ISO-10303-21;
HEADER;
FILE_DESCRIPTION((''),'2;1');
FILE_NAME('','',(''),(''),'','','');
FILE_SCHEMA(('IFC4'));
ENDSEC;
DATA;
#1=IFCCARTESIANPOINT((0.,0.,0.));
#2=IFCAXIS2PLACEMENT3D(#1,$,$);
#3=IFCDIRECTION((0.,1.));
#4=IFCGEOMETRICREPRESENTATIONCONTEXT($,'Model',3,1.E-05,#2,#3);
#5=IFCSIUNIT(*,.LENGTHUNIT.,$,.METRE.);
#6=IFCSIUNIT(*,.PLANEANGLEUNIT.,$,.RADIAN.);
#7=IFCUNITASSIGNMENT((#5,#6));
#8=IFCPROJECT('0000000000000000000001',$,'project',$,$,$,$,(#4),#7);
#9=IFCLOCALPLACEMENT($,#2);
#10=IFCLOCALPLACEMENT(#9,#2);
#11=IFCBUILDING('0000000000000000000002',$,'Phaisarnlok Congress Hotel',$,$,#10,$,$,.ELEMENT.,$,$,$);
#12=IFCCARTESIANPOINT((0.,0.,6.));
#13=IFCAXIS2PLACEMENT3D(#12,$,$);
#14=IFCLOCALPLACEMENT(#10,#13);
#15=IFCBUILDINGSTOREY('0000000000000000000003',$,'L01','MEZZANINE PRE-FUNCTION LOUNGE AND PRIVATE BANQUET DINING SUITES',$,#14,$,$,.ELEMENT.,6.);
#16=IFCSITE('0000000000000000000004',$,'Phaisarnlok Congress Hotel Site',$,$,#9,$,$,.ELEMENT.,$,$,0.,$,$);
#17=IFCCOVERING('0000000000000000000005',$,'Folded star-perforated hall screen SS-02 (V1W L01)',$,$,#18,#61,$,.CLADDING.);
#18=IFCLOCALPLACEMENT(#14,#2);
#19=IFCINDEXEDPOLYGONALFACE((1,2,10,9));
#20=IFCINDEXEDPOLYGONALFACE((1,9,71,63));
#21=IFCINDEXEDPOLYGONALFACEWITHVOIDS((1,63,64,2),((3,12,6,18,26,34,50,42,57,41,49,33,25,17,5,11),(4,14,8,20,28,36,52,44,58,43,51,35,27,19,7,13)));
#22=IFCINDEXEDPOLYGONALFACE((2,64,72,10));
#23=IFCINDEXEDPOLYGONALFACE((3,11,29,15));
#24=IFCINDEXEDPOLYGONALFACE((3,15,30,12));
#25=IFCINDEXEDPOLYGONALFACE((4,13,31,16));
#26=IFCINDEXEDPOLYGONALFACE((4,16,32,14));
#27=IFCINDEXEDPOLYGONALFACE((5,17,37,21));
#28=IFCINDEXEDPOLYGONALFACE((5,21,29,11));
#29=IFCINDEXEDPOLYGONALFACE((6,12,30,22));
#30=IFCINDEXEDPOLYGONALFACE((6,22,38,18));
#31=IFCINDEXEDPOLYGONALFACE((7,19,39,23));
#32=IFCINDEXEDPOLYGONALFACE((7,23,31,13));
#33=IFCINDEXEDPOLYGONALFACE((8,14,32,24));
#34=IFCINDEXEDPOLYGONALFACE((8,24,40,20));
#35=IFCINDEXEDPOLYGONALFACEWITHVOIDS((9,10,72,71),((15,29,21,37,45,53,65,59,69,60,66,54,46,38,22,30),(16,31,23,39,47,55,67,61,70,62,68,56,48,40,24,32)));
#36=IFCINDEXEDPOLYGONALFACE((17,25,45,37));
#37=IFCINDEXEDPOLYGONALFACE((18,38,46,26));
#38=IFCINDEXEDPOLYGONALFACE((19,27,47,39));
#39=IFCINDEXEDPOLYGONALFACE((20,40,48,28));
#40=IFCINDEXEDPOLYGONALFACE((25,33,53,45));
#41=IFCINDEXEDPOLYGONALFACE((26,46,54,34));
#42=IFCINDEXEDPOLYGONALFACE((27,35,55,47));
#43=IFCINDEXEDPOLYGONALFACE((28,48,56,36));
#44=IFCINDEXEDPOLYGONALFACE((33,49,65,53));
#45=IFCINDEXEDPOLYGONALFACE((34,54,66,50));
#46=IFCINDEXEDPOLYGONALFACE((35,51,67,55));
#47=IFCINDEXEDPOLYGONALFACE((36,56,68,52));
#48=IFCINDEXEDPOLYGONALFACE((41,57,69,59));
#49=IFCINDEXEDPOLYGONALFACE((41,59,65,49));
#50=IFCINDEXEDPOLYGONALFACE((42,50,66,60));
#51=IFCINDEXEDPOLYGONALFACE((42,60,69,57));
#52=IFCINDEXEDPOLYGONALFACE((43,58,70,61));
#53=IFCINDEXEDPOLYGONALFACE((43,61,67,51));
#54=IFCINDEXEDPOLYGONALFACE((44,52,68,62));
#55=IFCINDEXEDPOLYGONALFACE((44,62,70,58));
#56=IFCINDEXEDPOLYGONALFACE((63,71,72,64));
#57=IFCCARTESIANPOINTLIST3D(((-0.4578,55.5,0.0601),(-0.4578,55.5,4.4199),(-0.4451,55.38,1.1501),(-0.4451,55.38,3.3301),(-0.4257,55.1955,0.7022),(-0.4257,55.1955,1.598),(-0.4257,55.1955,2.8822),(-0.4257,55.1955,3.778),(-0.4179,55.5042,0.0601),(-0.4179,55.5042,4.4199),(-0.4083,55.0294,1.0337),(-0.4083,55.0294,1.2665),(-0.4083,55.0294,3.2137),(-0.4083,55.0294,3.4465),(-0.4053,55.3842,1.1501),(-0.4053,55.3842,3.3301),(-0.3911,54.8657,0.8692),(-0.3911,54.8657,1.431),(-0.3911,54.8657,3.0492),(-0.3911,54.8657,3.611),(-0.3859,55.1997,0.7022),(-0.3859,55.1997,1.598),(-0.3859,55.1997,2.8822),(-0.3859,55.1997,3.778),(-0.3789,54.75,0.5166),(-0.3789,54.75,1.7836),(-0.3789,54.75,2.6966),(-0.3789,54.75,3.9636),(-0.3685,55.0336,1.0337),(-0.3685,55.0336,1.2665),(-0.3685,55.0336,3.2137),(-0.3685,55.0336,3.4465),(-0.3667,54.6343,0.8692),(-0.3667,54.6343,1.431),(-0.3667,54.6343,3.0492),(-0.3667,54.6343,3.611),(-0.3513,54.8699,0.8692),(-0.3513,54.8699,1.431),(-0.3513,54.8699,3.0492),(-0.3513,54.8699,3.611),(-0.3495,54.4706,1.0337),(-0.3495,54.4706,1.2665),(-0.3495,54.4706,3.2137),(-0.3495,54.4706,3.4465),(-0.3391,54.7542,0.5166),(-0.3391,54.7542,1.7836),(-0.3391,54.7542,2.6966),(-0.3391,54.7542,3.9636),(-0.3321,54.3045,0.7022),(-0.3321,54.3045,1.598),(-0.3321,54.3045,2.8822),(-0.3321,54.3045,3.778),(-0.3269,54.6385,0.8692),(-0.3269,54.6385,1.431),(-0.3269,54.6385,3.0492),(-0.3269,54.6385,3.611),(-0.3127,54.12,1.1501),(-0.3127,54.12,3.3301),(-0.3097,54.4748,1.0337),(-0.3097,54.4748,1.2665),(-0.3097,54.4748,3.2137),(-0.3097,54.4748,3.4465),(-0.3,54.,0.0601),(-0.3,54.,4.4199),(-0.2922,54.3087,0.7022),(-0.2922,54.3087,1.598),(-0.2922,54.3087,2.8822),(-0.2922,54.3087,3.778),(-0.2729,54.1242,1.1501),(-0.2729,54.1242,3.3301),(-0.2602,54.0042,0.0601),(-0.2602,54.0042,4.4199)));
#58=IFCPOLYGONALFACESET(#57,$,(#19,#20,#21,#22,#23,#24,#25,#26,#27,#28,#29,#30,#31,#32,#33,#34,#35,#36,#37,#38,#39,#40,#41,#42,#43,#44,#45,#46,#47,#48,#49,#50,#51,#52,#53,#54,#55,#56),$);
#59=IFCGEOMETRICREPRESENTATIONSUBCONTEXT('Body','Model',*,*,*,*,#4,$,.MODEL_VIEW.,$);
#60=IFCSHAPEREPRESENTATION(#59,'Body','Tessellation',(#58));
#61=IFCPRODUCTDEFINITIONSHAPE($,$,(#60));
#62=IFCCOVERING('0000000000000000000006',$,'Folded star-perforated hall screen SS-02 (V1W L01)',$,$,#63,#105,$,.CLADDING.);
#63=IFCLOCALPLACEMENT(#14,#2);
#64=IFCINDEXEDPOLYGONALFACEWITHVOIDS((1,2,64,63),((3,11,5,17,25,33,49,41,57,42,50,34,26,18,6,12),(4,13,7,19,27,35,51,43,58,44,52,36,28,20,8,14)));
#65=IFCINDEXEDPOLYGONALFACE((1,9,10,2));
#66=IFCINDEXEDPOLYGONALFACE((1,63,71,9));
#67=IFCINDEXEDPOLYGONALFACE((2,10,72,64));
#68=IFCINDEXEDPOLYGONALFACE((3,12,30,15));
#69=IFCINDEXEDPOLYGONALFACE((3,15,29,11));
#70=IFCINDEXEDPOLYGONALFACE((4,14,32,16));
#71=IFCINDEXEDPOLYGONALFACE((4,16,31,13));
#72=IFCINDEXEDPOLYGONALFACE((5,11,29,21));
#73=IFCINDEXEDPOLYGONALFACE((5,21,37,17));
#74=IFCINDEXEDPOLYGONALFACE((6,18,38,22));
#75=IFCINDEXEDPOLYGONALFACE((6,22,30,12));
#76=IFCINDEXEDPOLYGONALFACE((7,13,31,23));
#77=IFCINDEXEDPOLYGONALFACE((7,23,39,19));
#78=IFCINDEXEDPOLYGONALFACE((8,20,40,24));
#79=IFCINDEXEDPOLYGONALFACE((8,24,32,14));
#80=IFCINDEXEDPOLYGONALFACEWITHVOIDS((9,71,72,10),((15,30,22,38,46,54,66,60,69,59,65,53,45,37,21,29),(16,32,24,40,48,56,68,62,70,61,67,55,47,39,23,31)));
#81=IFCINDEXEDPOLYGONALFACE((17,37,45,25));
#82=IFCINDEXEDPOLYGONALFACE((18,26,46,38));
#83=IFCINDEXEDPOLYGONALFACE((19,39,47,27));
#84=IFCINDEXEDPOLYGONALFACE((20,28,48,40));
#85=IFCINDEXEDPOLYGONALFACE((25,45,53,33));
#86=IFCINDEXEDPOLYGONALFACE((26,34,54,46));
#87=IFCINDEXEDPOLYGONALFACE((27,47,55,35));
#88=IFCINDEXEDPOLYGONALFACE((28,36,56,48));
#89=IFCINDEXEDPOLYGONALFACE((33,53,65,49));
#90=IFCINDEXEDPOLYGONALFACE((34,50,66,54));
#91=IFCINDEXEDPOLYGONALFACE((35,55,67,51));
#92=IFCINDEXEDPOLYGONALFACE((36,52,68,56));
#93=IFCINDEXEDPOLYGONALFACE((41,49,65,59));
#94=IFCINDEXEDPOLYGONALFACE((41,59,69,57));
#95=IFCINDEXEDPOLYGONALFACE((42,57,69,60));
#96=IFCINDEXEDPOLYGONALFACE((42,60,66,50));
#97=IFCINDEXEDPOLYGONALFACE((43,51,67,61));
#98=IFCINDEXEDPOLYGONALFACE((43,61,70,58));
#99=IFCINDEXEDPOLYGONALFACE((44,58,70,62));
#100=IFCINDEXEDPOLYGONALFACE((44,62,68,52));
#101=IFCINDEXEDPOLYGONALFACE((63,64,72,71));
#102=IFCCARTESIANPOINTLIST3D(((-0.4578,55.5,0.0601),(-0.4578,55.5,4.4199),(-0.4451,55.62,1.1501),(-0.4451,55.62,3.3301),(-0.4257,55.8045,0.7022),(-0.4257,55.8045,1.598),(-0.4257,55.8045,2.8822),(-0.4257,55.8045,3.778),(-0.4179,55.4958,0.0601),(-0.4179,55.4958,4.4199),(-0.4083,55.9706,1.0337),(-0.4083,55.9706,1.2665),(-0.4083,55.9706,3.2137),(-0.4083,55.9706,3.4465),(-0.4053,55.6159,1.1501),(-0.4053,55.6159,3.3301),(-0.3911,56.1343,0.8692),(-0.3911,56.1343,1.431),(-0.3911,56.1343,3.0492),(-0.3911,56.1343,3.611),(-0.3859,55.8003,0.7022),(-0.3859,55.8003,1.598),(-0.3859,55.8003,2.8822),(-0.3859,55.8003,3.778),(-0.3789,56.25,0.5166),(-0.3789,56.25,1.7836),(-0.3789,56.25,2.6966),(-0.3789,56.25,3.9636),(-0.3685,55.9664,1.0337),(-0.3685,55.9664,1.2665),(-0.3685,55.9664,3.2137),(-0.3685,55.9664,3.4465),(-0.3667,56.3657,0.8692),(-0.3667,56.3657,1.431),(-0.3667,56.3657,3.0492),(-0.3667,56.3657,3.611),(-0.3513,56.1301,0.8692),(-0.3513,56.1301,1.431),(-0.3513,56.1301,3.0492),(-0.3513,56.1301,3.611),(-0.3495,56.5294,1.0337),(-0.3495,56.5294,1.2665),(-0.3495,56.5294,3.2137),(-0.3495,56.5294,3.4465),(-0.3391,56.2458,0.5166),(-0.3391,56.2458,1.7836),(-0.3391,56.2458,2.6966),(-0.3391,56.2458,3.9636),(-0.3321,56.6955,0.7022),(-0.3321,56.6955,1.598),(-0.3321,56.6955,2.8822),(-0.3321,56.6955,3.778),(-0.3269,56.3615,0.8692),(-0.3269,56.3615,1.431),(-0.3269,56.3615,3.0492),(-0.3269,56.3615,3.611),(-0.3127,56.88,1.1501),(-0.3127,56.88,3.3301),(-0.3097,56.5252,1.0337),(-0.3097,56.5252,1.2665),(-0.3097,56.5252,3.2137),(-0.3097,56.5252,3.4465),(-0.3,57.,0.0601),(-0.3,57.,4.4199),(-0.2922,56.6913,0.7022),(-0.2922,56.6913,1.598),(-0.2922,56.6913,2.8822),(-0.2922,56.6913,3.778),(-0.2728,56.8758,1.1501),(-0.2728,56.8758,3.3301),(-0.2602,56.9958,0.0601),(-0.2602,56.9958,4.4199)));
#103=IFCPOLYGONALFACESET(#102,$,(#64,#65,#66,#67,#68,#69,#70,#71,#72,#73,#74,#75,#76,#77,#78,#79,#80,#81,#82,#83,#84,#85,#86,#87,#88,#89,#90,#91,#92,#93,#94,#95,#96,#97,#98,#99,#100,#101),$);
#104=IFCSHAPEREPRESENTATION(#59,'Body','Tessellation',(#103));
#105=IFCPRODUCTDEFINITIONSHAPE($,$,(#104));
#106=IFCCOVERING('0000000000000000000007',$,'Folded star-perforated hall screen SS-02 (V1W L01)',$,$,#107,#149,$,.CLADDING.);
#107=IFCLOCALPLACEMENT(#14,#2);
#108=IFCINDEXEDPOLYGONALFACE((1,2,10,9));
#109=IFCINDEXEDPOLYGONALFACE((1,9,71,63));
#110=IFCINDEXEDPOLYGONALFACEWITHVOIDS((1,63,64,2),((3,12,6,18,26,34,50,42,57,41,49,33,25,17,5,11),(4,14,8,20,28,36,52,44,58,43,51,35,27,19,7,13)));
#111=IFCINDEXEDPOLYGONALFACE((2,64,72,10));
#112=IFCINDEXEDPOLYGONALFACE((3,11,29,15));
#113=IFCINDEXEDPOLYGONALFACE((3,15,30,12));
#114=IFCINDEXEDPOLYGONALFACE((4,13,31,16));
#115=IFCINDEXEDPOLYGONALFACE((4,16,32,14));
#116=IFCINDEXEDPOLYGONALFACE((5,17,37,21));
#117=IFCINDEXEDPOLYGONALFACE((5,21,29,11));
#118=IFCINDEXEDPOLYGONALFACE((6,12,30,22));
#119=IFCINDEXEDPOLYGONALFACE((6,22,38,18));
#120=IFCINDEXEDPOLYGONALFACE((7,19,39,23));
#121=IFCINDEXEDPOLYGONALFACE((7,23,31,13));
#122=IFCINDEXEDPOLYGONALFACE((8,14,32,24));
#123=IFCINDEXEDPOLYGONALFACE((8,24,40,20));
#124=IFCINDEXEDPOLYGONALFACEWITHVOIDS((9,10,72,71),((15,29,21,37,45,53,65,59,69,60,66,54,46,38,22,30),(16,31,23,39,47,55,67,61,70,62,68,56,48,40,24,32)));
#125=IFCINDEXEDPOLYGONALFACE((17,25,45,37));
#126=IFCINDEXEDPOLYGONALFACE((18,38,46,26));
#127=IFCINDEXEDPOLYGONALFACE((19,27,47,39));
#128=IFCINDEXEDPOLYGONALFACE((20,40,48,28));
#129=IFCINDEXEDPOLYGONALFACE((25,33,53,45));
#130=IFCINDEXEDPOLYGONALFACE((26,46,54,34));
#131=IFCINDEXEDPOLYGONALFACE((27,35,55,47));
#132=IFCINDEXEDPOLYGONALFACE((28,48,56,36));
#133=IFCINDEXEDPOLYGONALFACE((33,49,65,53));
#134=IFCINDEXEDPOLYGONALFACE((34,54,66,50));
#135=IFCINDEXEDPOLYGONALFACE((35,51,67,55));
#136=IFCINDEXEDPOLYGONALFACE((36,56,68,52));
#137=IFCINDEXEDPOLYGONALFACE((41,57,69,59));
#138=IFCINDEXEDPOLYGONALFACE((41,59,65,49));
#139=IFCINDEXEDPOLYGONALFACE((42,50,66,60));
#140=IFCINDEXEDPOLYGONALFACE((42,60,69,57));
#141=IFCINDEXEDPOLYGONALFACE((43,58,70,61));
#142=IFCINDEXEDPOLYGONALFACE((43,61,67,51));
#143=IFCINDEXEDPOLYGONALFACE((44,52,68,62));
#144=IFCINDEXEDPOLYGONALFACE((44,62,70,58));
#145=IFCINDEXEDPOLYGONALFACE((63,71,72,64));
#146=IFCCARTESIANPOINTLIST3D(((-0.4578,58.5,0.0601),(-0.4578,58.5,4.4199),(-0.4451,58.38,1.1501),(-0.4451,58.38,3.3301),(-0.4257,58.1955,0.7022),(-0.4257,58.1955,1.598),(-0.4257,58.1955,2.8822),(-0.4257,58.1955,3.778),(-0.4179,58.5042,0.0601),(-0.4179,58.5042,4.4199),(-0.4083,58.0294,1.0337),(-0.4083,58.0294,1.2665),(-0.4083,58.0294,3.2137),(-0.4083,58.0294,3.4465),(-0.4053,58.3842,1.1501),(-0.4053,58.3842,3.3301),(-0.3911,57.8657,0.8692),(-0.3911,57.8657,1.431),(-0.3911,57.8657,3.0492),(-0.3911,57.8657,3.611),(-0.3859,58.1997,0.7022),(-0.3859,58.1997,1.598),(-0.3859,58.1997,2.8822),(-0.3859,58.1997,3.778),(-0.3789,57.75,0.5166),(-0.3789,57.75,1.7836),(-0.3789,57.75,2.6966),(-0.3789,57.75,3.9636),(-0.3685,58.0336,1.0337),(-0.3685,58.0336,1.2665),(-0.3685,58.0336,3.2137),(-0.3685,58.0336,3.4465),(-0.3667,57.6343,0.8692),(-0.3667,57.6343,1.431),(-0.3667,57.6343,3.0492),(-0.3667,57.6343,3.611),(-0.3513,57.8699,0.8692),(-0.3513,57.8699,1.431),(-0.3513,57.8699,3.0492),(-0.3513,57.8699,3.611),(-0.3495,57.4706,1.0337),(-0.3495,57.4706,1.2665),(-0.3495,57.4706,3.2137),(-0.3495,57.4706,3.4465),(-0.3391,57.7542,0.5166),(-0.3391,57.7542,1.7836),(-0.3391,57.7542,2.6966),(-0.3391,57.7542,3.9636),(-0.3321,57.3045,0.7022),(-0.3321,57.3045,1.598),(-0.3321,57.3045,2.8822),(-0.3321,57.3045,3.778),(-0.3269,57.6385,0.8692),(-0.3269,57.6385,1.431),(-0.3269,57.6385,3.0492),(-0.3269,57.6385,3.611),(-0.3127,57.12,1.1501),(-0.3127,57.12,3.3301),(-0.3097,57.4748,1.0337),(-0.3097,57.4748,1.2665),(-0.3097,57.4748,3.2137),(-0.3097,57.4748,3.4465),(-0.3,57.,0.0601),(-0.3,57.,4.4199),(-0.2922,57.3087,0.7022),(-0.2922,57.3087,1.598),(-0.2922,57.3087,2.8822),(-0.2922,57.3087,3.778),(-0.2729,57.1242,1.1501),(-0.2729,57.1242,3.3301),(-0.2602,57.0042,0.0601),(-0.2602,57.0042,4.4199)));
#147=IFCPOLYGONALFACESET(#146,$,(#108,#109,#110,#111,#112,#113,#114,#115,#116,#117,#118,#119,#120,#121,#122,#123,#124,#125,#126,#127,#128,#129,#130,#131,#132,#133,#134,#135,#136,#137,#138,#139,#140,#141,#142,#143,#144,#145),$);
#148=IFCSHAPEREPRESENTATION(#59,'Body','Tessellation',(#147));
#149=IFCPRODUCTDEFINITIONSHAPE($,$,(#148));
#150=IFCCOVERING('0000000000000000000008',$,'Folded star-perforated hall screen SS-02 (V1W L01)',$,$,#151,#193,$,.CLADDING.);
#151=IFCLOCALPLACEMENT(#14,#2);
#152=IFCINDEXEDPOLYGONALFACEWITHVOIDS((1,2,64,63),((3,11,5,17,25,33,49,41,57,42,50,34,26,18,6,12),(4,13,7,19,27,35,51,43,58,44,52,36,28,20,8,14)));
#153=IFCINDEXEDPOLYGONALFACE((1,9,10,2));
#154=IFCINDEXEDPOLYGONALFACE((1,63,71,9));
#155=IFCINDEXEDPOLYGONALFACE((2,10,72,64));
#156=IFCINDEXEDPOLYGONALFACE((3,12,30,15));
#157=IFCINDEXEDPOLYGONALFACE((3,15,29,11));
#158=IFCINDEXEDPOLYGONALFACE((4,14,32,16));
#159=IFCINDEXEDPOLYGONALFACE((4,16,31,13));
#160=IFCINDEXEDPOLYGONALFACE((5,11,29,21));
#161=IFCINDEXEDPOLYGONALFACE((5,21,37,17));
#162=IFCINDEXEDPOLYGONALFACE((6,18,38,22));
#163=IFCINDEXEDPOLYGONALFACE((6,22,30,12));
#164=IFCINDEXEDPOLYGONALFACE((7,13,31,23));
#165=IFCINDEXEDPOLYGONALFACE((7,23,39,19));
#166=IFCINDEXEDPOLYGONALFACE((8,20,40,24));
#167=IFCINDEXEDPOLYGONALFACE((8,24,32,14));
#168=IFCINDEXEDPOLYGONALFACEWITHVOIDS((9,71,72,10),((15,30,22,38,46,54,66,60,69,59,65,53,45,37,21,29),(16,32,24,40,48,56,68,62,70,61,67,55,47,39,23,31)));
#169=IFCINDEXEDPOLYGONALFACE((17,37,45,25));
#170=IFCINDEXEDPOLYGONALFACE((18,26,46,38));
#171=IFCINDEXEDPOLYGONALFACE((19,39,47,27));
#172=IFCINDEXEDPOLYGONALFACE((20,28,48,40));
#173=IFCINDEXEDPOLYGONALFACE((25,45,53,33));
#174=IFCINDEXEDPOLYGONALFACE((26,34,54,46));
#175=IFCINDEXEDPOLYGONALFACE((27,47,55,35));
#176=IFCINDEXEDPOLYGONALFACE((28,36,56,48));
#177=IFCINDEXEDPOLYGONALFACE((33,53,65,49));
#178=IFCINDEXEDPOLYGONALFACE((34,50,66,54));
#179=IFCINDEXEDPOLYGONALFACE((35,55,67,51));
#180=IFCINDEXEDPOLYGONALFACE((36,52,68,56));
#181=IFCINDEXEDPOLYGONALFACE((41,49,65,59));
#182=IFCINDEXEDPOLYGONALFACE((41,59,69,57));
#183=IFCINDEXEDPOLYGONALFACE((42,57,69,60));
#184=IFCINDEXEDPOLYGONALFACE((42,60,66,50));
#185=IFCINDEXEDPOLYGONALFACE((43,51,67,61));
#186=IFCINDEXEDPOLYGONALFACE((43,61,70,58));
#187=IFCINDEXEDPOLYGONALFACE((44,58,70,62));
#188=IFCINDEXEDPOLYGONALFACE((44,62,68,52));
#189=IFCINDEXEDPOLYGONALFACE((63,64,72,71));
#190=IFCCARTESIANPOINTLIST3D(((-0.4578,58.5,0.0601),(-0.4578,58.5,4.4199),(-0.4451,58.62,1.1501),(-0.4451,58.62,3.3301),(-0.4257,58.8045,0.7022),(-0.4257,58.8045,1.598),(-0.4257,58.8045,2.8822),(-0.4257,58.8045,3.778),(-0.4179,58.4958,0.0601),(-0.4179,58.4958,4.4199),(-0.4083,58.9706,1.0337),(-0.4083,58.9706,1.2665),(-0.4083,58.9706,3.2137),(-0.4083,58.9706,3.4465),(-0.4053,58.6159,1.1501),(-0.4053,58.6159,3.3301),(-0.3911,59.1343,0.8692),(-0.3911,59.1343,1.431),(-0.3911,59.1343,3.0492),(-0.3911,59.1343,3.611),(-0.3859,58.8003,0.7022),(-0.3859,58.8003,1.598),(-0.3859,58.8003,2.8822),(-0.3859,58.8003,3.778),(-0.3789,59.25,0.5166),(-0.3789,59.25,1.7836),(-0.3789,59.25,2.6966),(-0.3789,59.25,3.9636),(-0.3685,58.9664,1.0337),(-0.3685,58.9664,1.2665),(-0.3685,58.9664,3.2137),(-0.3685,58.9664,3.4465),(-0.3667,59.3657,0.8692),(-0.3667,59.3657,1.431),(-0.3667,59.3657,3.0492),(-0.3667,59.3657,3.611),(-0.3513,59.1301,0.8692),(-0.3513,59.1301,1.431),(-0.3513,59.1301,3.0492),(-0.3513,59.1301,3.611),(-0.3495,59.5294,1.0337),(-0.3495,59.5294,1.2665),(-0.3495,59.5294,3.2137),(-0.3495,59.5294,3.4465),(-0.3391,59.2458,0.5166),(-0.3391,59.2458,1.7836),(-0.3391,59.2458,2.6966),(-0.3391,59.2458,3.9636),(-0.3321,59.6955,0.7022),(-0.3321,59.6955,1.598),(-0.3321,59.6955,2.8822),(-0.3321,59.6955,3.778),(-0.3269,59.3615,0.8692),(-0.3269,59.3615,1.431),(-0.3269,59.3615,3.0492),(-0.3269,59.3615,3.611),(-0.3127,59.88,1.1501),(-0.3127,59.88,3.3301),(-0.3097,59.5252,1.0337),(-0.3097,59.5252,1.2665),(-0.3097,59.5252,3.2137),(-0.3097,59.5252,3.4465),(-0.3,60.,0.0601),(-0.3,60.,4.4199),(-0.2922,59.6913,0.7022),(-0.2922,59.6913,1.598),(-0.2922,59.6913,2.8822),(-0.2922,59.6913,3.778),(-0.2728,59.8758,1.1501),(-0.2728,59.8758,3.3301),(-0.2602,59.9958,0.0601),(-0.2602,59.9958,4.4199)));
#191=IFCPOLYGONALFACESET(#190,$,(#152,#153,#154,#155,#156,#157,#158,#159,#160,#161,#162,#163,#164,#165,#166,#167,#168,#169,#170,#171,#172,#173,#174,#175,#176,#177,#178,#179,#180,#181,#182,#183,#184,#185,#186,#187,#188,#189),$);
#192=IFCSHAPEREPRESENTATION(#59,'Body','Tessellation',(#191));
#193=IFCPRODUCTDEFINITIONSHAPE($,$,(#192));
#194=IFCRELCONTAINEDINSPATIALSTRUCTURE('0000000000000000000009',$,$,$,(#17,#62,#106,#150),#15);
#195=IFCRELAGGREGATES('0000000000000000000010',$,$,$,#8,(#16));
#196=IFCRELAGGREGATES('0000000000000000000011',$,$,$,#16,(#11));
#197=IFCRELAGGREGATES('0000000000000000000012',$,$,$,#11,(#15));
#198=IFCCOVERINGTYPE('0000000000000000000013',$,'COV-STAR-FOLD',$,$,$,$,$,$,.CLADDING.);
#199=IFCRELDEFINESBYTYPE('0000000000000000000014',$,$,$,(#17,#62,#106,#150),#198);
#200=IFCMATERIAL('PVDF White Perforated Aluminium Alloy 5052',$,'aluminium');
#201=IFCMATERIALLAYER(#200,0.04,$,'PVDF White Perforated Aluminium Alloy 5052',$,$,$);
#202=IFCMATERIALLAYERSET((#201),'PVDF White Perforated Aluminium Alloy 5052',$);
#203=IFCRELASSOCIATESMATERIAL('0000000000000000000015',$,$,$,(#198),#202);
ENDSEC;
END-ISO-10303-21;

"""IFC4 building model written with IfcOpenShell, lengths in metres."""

from ifc_helpers import new_model, si_unit, direction, frame, origin, place, context, subcontext, project, spatial, polyline, outline, extrude, material, layer, layer_set, type_object, element, save


model = new_model("IFC4")

# Units and contexts
model_context = context("Model", 3, precision=1e-05, world=origin(), true_north=direction((0.0, 1.0)))
body_context = subcontext(model_context, "Body", "Model", "MODEL_VIEW")
ifc_project = project(units=[si_unit("LENGTHUNIT", "METRE"), si_unit("PLANEANGLEUNIT", "RADIAN")], contexts=[model_context])

# Site, building, storey
site_placement = place(None, origin())
site = spatial("IfcSite", under=ifc_project, at=site_placement, Name="Phaisarnlok Congress Hotel Site", CompositionType="ELEMENT", RefElevation=0.0)
building_placement = place(site_placement, origin())
building = spatial("IfcBuilding", under=site, at=building_placement, Name="Phaisarnlok Congress Hotel", CompositionType="ELEMENT")
storey_placement = place(building_placement, frame((0.0, 0.0, 6.0)))
storey = spatial("IfcBuildingStorey", under=building, at=storey_placement, Name="L01", Description="MEZZANINE PRE-FUNCTION LOUNGE AND PRIVATE BANQUET DINING SUITES", CompositionType="ELEMENT", Elevation=6.0)

# Coverings
ifc_material_1 = material(Name="PVDF White Perforated Aluminium Alloy 5052", Category="aluminium")
ifc_layer_1 = layer(ifc_material_1, 0.04, Name="PVDF White Perforated Aluminium Alloy 5052")
ifc_layer_set_1 = layer_set([ifc_layer_1], Name="PVDF White Perforated Aluminium Alloy 5052")
covering_type = type_object("IfcCoveringType", Name="COV-STAR-FOLD", PredefinedType="CLADDING", material=ifc_layer_set_1)
for number, where, z_axis, x_axis, name in (
    (1, (-0.3, 54.0, 0.0601), (0.994518, 0.104567, 0.0), (-0.104567, 0.994518, 0.0), "Folded star-perforated hall screen SS-02 (V1W L01)"),
    (2, (-0.4578, 55.5, 0.0601), (0.994518, -0.104567, 0.0), (0.104567, 0.994518, 0.0), "Folded star-perforated hall screen SS-02 (V1W L01)"),
    (3, (-0.3, 57.0, 0.0601), (0.994518, 0.104567, 0.0), (-0.104567, 0.994518, 0.0), "Folded star-perforated hall screen SS-02 (V1W L01)"),
    (4, (-0.4578, 58.5, 0.0601), (0.994518, -0.104567, 0.0), (0.104567, 0.994518, 0.0), "Folded star-perforated hall screen SS-02 (V1W L01)"),
):
    element("IfcCovering", number, at=place(storey_placement, frame(where, z_axis=z_axis, x_axis=x_axis)), inside=storey, type_object=covering_type, Name=name, PredefinedType="CLADDING", context=body_context, shape_type="SweptSolid", body=[
        extrude(outline(polyline([(0.0, 0.0), (1.5083, 0.0), (1.5083, 4.3599), (0.0, 4.3599), (0.0, 0.0)]), holes=[polyline([(1.0351, 0.9736), (1.2021, 0.6421), (0.8705, 0.8091), (0.7541, 0.4565), (0.6378, 0.8091), (0.3062, 0.6421), (0.4732, 0.9736), (0.1207, 1.09), (0.4732, 1.2064), (0.3062, 1.5379), (0.6378, 1.3709), (0.7541, 1.7235), (0.8705, 1.3709), (1.2021, 1.5379), (1.0351, 1.2064), (1.3876, 1.09), (1.0351, 0.9736)]), polyline([(1.0351, 3.1536), (1.2021, 2.8221), (0.8705, 2.9891), (0.7541, 2.6365), (0.6378, 2.9891), (0.3062, 2.8221), (0.4732, 3.1536), (0.1207, 3.27), (0.4732, 3.3864), (0.3062, 3.7179), (0.6378, 3.5509), (0.7541, 3.9035), (0.8705, 3.5509), (1.2021, 3.7179), (1.0351, 3.3864), (1.3876, 3.27), (1.0351, 3.1536)])]), origin(), (0.0, 0.0, 1.0), 0.04),
    ])

save(model, "model.ifc")
